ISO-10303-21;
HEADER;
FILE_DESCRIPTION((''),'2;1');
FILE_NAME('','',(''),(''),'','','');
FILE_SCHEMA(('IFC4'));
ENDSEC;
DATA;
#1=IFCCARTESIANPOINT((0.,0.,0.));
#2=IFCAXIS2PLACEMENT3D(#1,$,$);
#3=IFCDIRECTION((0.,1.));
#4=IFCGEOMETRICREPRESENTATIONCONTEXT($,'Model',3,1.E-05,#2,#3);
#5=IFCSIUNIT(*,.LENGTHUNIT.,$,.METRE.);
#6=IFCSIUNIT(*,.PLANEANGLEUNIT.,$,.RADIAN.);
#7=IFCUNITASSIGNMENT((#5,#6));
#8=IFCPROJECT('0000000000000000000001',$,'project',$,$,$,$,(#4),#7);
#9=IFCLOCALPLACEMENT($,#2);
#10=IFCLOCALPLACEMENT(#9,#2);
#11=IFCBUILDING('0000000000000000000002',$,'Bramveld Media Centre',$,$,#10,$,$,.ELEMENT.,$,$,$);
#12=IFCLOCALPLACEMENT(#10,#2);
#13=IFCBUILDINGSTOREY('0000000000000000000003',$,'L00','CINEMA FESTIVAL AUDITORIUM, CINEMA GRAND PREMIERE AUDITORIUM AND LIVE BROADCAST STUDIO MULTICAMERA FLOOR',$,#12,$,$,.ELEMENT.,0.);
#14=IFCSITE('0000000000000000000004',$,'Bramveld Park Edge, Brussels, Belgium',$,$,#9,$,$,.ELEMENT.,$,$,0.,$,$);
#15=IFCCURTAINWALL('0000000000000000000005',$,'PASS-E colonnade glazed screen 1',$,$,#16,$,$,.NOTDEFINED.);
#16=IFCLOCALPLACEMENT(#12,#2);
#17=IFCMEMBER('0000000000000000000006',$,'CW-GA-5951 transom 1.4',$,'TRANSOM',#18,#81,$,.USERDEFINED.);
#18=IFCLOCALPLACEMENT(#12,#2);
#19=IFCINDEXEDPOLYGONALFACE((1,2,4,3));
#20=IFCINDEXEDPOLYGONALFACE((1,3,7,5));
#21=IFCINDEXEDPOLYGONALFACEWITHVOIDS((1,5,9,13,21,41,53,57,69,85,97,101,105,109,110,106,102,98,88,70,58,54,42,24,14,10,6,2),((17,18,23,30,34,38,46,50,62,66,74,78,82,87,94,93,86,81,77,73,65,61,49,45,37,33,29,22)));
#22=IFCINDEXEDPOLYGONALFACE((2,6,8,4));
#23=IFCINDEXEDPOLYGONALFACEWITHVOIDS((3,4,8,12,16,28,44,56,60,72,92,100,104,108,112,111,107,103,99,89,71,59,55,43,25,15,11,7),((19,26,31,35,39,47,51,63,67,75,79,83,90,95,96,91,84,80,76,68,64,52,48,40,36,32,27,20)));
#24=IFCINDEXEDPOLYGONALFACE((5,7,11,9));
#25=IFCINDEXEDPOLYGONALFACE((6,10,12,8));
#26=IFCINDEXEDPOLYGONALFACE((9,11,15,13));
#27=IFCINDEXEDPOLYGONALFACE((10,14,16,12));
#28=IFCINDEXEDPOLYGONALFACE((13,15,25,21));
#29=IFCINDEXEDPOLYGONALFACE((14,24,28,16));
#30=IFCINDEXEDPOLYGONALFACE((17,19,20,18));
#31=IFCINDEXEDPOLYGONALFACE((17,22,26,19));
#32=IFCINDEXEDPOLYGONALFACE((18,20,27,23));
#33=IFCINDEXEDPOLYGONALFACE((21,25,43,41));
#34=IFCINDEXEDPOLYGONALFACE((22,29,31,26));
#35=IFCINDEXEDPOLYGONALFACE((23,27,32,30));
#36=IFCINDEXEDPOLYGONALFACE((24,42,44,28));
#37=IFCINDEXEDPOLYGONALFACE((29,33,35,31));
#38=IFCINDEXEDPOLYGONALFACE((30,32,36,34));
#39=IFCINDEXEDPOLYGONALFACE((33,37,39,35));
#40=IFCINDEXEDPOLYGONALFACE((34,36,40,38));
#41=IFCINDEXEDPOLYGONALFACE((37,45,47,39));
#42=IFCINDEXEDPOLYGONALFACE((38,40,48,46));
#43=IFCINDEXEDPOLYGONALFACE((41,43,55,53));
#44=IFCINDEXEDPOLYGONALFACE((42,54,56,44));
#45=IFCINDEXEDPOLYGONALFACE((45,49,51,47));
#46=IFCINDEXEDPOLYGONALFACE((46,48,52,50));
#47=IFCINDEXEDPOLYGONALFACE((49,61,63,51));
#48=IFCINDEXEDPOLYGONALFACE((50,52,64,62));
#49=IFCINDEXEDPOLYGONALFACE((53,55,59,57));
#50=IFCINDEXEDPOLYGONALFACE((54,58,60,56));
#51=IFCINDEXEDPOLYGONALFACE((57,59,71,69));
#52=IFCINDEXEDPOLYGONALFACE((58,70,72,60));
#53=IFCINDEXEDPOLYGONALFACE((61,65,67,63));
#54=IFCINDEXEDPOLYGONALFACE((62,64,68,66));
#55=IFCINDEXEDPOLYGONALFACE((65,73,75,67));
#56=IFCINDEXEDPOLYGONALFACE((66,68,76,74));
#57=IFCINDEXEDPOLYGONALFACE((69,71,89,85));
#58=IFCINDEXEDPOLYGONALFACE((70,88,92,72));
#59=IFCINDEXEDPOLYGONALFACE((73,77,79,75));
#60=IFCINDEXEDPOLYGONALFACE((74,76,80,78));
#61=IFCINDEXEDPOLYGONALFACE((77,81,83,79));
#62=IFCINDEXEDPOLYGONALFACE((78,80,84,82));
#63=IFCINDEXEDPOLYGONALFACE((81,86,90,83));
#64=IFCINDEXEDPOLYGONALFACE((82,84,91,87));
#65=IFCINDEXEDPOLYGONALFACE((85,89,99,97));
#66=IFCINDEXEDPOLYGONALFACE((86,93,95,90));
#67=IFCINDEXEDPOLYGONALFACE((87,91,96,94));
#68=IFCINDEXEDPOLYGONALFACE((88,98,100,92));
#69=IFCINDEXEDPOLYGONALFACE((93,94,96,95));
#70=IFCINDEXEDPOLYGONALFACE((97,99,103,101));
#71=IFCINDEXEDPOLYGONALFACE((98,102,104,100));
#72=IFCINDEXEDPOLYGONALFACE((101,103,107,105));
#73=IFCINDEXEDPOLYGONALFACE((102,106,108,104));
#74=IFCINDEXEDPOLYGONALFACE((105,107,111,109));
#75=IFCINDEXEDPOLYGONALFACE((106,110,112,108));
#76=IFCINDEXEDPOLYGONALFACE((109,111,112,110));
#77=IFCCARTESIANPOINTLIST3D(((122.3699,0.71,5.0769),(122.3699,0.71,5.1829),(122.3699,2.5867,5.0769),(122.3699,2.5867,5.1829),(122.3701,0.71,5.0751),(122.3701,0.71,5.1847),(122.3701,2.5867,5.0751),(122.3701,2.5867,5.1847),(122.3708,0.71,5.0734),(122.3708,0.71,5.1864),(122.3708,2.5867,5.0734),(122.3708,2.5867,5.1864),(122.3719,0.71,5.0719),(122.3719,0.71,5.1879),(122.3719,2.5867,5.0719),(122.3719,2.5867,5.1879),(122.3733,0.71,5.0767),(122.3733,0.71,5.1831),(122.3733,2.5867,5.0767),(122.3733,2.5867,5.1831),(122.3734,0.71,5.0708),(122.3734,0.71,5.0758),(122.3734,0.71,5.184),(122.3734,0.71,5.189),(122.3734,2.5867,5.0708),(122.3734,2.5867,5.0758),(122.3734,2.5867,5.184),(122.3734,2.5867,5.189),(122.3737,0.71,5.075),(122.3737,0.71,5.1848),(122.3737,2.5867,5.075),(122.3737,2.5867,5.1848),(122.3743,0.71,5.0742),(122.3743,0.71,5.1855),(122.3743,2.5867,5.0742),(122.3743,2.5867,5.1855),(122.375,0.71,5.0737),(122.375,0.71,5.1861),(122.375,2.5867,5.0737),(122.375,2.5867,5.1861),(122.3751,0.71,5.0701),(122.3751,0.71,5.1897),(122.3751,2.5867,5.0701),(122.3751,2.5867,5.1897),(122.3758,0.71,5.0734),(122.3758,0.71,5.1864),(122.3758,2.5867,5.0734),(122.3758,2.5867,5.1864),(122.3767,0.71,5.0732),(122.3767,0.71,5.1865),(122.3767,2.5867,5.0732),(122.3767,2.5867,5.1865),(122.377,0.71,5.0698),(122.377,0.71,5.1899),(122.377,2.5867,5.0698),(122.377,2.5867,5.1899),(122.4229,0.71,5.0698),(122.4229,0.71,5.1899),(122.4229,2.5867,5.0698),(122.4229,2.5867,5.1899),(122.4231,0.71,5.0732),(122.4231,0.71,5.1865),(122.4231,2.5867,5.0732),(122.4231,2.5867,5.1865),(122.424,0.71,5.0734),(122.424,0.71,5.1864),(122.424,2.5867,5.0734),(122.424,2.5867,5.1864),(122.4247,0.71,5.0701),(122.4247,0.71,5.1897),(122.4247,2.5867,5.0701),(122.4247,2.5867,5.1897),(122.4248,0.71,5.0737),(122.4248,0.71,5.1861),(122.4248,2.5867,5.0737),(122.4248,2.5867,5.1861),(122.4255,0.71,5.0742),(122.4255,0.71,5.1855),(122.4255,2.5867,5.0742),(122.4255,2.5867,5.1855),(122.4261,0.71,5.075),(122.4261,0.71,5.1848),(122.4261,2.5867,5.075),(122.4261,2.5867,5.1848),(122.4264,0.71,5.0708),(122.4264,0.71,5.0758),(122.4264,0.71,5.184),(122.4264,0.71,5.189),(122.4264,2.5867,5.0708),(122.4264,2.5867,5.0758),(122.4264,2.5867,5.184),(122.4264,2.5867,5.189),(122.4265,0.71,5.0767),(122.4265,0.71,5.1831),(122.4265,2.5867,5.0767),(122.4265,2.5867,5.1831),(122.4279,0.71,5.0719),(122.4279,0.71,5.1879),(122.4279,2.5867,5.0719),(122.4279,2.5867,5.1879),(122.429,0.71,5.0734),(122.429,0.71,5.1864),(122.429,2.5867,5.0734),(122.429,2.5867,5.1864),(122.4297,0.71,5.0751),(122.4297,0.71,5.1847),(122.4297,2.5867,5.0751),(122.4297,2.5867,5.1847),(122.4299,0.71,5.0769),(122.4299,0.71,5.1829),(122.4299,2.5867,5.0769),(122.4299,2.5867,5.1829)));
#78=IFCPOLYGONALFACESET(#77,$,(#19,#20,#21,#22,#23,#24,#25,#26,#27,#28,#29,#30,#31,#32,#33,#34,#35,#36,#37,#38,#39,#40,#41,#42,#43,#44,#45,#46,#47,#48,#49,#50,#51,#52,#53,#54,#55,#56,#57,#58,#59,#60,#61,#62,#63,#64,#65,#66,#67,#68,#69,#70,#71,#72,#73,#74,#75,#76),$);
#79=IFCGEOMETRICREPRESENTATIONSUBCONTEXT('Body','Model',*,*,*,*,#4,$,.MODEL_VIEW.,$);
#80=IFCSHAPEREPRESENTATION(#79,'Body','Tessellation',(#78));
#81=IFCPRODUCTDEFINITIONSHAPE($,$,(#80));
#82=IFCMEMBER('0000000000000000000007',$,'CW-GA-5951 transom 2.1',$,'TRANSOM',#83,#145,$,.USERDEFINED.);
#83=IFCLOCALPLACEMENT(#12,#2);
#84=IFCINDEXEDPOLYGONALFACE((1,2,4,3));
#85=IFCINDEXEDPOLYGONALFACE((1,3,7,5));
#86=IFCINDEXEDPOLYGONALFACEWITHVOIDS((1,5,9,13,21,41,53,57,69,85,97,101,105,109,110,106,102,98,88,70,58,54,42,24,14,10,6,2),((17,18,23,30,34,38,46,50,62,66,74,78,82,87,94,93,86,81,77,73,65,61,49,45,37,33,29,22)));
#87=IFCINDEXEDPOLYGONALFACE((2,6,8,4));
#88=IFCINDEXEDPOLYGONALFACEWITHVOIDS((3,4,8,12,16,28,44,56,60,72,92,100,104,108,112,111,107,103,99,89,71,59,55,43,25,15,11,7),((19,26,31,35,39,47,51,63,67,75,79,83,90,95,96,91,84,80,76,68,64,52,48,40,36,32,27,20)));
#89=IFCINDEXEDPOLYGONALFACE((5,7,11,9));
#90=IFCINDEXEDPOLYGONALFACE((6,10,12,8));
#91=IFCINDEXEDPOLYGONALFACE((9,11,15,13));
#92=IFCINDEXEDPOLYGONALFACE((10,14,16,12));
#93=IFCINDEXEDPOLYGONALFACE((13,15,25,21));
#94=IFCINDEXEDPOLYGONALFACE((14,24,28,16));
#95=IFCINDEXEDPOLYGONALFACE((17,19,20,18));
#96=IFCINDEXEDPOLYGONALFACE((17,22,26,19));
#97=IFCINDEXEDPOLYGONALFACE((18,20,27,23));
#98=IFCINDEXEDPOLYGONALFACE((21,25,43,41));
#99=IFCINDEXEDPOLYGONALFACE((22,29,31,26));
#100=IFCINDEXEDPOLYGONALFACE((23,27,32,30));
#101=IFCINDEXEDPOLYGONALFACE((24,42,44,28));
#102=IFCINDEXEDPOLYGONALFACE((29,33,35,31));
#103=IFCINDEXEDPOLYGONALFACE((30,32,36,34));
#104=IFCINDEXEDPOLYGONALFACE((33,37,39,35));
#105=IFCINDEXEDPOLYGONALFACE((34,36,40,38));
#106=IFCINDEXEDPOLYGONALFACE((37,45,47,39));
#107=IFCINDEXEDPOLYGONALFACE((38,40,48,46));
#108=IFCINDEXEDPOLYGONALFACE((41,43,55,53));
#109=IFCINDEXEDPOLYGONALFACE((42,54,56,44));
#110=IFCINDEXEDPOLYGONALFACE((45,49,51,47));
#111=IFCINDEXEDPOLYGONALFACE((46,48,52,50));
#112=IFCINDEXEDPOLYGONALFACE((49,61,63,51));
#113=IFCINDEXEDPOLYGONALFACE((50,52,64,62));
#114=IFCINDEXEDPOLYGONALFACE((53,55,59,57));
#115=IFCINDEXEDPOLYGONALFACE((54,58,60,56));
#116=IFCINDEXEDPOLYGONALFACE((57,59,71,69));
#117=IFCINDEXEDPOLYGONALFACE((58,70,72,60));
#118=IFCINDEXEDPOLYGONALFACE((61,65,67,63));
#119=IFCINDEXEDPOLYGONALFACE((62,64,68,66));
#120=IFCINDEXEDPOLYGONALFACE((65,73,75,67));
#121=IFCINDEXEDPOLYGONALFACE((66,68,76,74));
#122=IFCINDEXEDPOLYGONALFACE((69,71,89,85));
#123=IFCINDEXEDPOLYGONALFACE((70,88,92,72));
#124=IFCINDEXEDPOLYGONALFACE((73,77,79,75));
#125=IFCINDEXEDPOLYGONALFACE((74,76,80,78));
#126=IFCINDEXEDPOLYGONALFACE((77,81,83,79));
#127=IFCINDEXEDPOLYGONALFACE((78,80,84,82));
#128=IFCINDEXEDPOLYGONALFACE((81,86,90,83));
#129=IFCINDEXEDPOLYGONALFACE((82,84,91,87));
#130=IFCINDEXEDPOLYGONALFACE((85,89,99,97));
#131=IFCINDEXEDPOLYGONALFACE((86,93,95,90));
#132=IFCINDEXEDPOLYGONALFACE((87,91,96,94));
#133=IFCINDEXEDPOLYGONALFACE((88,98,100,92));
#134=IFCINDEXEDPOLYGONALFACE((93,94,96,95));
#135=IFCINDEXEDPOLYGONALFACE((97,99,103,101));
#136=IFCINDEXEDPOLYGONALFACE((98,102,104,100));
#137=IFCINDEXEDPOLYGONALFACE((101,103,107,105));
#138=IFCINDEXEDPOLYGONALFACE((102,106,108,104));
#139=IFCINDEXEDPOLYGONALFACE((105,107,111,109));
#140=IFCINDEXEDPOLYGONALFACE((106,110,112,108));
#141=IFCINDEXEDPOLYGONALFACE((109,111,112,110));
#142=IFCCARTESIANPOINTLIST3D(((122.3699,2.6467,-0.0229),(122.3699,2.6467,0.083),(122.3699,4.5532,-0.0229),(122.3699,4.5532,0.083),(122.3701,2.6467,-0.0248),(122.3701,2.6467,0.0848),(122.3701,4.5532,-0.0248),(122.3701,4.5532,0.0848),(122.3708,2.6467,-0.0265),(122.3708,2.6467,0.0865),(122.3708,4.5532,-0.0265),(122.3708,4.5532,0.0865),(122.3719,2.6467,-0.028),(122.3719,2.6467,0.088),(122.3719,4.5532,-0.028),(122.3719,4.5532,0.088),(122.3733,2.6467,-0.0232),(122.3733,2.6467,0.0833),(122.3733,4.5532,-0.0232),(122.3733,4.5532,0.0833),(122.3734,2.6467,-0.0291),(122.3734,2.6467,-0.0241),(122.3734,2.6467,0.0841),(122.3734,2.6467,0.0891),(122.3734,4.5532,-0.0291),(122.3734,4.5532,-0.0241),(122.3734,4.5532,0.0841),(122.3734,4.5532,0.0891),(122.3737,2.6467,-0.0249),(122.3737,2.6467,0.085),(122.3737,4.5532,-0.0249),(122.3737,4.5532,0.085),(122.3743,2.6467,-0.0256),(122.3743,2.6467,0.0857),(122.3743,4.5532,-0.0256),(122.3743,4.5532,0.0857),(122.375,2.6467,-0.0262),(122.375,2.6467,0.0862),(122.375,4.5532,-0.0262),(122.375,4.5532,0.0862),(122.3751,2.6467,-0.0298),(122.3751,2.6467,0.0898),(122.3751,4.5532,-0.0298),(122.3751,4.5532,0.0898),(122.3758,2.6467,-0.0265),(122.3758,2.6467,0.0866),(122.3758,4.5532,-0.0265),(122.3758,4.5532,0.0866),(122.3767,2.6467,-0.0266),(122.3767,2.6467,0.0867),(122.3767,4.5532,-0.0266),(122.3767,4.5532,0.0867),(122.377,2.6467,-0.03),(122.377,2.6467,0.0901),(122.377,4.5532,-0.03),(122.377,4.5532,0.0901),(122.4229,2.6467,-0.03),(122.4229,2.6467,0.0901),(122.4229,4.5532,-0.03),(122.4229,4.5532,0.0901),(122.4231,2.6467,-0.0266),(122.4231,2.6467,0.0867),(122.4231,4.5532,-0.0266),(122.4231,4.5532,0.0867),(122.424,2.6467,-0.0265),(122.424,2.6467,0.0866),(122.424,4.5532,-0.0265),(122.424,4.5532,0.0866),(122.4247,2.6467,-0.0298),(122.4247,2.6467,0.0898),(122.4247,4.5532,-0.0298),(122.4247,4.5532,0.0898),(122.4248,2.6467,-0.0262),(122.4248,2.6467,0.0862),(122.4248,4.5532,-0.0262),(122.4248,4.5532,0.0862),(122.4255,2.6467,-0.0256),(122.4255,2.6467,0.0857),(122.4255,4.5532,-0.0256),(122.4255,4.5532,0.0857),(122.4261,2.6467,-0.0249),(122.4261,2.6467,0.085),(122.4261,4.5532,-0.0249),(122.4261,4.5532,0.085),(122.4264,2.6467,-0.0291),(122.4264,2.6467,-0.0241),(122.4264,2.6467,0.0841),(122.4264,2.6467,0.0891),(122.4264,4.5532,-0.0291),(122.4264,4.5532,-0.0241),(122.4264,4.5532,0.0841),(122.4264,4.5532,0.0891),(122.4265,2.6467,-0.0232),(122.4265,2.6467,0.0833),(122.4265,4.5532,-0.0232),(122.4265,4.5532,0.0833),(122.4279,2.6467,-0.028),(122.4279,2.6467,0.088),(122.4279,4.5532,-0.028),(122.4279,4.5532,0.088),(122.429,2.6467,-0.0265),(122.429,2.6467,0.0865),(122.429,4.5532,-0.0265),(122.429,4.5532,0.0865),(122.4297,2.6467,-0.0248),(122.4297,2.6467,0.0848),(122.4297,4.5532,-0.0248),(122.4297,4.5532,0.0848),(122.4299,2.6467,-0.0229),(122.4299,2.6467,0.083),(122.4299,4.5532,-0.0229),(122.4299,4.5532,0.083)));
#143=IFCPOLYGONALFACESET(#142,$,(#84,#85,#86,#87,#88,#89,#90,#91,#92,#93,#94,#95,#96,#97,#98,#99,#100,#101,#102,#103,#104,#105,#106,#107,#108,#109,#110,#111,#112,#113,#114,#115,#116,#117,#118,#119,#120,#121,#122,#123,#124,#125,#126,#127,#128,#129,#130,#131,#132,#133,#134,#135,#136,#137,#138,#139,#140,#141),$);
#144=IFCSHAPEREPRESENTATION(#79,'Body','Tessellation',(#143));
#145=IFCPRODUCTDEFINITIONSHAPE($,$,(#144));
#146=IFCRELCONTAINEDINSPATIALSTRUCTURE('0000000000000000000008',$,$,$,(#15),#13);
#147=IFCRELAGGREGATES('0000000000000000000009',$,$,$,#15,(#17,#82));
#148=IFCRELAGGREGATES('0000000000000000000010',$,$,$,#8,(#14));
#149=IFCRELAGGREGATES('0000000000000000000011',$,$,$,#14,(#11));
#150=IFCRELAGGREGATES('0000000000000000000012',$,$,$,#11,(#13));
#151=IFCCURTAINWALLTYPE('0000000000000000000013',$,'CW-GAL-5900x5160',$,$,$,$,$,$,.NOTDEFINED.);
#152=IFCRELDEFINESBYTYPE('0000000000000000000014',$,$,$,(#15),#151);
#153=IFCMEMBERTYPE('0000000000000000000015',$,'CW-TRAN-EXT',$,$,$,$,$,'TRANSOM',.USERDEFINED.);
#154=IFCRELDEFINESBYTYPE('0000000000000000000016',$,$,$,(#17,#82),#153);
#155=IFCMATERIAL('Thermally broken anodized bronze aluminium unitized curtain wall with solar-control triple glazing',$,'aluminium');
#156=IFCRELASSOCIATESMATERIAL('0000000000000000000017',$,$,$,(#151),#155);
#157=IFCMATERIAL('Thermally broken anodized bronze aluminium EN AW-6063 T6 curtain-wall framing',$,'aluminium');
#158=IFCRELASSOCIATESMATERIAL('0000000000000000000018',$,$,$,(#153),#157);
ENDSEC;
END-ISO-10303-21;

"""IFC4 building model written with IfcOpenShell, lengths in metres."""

from ifc_helpers import new_model, si_unit, direction, frame, origin, origin_2d, place, context, subcontext, project, spatial, hollow_rectangle, extrude, material, material_profile, profile_set, type_object, element, aggregate, save


model = new_model("IFC4")

# Units and contexts
model_context = context("Model", 3, precision=1e-05, world=origin(), true_north=direction((0.0, 1.0)))
body_context = subcontext(model_context, "Body", "Model", "MODEL_VIEW")
ifc_project = project(units=[si_unit("LENGTHUNIT", "METRE"), si_unit("PLANEANGLEUNIT", "RADIAN")], contexts=[model_context])

# Site, building, storey
site_placement = place(None, origin())
site = spatial("IfcSite", under=ifc_project, at=site_placement, Name="Bramveld Park Edge, Brussels, Belgium", CompositionType="ELEMENT", RefElevation=0.0)
building_placement = place(site_placement, origin())
building = spatial("IfcBuilding", under=site, at=building_placement, Name="Bramveld Media Centre", CompositionType="ELEMENT")
storey_placement = place(building_placement, origin())
storey = spatial("IfcBuildingStorey", under=building, at=storey_placement, Name="L00", Description="CINEMA FESTIVAL AUDITORIUM, CINEMA GRAND PREMIERE AUDITORIUM AND LIVE BROADCAST STUDIO MULTICAMERA FLOOR", CompositionType="ELEMENT", Elevation=0.0)

# Shared definitions
ifc_material_1 = material(Name="Thermally broken anodized bronze aluminium unitized curtain wall with solar-control triple glazing", Category="aluminium")
curtain_wall_type = type_object("IfcCurtainWallType", Name="CW-GAL-5900x5160", PredefinedType="NOTDEFINED", material=ifc_material_1)

# Curtain wall
curtain_wall_1_placement = place(storey_placement, origin())
curtain_wall_1 = element("IfcCurtainWall", 1, at=curtain_wall_1_placement, inside=storey, type_object=curtain_wall_type, Name="PASS-E colonnade glazed screen 1", PredefinedType="NOTDEFINED")

# Members
ifc_material_2 = material(Name="Thermally broken anodized bronze aluminium EN AW-6063 T6 curtain-wall framing", Category="aluminium")
ifc_material_profile_1 = material_profile(ifc_material_2, hollow_rectangle(XDim=0.0601, YDim=0.1201, WallThickness=0.0034, InnerFilletRadius=0.0034, OuterFilletRadius=0.0071, at=origin_2d()), Name="AL-TRAN 60x120")
ifc_profile_set_1 = profile_set([ifc_material_profile_1], Name="Thermally broken anodized bronze aluminium EN AW-6063 T6 curtain-wall framing")
member_type_1 = type_object("IfcMemberType", Name="CW-TRAN-EXT", ElementType="TRANSOM", PredefinedType="USERDEFINED", material=ifc_profile_set_1)
member_1_placement = place(storey_placement, frame((122.3999, 0.71, 5.1299), z_axis=(0.0, 1.0, 0.0), x_axis=(-1.0, 0.0, 0.0)))
member_1 = element("IfcMember", 2, at=member_1_placement, type_object=member_type_1, Name="CW-GA-5951 transom 1.4", ObjectType="TRANSOM", PredefinedType="USERDEFINED", context=body_context, shape_type="SweptSolid", body=[
    extrude(hollow_rectangle(XDim=0.0601, YDim=0.1201, WallThickness=0.0034, InnerFilletRadius=0.0034, OuterFilletRadius=0.0071, at=origin_2d()), origin(), (0.0, 0.0, 1.0), 1.8767),
])
member_2_placement = place(storey_placement, frame((122.3999, 2.6467, 0.03), z_axis=(0.0, 1.0, 0.0), x_axis=(-1.0, 0.0, 0.0)))
member_2 = element("IfcMember", 3, at=member_2_placement, type_object=member_type_1, Name="CW-GA-5951 transom 2.1", ObjectType="TRANSOM", PredefinedType="USERDEFINED", context=body_context, shape_type="SweptSolid", body=[
    extrude(hollow_rectangle(XDim=0.0601, YDim=0.1201, WallThickness=0.0034, InnerFilletRadius=0.0034, OuterFilletRadius=0.0071, at=origin_2d()), origin(), (0.0, 0.0, 1.0), 1.9065),
])

aggregate(curtain_wall_1, [member_1, member_2])

save(model, "model.ifc")
